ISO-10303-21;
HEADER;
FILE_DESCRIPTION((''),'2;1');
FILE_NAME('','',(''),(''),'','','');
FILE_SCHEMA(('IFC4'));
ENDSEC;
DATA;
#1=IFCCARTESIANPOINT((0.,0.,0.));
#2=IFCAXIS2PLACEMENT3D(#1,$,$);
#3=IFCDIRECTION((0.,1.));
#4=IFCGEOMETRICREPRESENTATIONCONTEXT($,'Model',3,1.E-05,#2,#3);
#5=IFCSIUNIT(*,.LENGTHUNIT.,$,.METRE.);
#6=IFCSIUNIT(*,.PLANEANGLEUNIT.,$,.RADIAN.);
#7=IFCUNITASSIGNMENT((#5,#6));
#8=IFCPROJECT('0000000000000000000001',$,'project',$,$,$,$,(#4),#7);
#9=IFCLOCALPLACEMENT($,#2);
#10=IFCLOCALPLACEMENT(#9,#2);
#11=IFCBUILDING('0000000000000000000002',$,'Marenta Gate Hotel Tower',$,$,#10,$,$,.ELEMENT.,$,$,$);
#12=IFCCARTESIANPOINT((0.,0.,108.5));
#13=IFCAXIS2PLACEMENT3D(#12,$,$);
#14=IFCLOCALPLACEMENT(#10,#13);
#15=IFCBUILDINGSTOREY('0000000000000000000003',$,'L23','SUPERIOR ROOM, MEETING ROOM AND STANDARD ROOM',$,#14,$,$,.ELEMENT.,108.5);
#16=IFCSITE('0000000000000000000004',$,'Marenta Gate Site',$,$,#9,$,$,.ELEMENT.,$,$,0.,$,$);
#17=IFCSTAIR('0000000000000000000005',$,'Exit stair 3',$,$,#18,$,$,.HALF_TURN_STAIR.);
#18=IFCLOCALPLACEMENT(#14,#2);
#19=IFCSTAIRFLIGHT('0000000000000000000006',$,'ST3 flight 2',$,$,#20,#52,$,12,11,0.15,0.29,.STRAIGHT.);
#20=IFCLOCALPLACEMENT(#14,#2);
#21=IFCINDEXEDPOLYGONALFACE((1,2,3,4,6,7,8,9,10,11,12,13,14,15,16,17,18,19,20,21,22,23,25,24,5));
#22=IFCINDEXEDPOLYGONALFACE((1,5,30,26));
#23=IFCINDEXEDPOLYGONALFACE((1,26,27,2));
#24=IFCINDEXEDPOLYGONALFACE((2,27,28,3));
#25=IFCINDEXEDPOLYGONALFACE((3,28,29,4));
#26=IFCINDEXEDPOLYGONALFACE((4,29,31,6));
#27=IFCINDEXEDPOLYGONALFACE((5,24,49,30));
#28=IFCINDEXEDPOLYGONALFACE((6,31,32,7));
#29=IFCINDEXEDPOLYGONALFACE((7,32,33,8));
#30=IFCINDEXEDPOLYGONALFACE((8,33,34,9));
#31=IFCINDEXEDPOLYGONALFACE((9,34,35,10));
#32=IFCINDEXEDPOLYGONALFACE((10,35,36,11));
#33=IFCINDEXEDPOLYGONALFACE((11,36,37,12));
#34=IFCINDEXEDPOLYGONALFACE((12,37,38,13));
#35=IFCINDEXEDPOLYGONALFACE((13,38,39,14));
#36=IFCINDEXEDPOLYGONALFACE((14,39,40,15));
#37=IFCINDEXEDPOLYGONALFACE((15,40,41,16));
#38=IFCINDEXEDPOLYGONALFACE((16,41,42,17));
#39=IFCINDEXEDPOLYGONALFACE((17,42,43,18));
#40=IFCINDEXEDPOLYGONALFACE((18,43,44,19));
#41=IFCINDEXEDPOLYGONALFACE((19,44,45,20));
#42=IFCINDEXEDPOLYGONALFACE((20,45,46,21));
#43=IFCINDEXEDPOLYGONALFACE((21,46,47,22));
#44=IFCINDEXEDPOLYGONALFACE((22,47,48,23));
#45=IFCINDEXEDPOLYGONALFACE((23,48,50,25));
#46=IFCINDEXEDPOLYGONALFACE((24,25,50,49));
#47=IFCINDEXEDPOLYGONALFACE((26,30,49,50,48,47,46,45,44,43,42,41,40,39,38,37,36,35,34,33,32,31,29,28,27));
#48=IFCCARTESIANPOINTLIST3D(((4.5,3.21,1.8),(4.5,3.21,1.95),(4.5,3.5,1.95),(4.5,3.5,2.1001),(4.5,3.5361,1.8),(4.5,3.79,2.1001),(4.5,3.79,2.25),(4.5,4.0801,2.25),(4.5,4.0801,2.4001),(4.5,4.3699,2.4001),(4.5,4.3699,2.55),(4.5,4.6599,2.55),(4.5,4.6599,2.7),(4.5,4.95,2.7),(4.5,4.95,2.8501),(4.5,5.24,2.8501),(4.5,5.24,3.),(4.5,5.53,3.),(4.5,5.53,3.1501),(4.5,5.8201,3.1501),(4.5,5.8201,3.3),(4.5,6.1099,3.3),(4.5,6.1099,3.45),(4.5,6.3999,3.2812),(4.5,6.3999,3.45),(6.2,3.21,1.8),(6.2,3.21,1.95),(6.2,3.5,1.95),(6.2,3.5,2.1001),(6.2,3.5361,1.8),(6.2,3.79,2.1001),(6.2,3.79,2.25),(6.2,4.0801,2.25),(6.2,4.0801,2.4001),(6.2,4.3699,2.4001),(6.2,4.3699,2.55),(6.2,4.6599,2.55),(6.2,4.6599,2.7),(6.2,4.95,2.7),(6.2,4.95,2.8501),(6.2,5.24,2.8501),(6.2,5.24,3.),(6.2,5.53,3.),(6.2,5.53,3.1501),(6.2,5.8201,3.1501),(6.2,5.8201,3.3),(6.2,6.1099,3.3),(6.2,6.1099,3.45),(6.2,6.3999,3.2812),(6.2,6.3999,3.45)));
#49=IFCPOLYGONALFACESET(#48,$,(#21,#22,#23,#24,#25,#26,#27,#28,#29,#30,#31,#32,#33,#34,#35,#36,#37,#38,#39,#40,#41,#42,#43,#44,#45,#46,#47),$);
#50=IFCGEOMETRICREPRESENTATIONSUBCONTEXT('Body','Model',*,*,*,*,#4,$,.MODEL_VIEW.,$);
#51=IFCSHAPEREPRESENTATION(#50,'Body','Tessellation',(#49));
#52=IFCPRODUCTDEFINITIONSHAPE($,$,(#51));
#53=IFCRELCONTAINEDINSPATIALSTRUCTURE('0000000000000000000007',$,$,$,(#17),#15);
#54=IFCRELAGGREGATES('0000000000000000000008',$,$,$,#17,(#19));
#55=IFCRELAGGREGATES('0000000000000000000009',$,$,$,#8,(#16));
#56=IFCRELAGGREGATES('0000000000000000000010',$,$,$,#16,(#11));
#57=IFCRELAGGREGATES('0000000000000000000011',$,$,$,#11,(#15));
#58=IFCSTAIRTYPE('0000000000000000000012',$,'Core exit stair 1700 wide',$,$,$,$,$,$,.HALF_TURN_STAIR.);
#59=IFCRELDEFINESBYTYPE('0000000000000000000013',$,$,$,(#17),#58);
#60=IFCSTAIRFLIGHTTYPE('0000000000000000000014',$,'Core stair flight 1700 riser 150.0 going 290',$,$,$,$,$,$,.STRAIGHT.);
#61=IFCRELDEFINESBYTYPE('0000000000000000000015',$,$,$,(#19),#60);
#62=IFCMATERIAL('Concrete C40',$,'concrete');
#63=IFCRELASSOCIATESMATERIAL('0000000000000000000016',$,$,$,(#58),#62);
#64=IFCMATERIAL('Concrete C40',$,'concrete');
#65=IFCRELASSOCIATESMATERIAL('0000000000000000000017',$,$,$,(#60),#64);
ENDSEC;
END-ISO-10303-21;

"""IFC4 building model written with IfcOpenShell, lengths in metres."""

from ifc_helpers import new_model, si_unit, direction, frame, origin, place, context, subcontext, project, spatial, polyline, outline, extrude, material, type_object, element, aggregate, save


model = new_model("IFC4")

# Units and contexts
model_context = context("Model", 3, precision=1e-05, world=origin(), true_north=direction((0.0, 1.0)))
body_context = subcontext(model_context, "Body", "Model", "MODEL_VIEW")
ifc_project = project(units=[si_unit("LENGTHUNIT", "METRE"), si_unit("PLANEANGLEUNIT", "RADIAN")], contexts=[model_context])

# Site, building, storey
site_placement = place(None, origin())
site = spatial("IfcSite", under=ifc_project, at=site_placement, Name="Marenta Gate Site", CompositionType="ELEMENT", RefElevation=0.0)
building_placement = place(site_placement, origin())
building = spatial("IfcBuilding", under=site, at=building_placement, Name="Marenta Gate Hotel Tower", CompositionType="ELEMENT")
storey_placement = place(building_placement, frame((0.0, 0.0, 108.5)))
storey = spatial("IfcBuildingStorey", under=building, at=storey_placement, Name="L23", Description="SUPERIOR ROOM, MEETING ROOM AND STANDARD ROOM", CompositionType="ELEMENT", Elevation=108.5)

# Shared definitions
ifc_material_1 = material(Name="Concrete C40", Category="concrete")
stair_type_1 = type_object("IfcStairType", Name="Core exit stair 1700 wide", PredefinedType="HALF_TURN_STAIR", material=ifc_material_1)

# Stair, stair flight
stair_1_placement = place(storey_placement, origin())
stair_1 = element("IfcStair", 1, at=stair_1_placement, inside=storey, type_object=stair_type_1, Name="Exit stair 3", PredefinedType="HALF_TURN_STAIR")
ifc_material_2 = material(Name="Concrete C40", Category="concrete")
stair_flight_type = type_object("IfcStairFlightType", Name="Core stair flight 1700 riser 150.0 going 290", PredefinedType="STRAIGHT", material=ifc_material_2)
stair_flight_placement = place(storey_placement, frame((5.3501, 3.21, 1.8), z_axis=(0.0, 0.0, 1.0), x_axis=(0.0, 1.0, 0.0)))
stair_flight = element("IfcStairFlight", 2, at=stair_flight_placement, type_object=stair_flight_type, Name="ST3 flight 2", NumberOfRisers=12, NumberOfTreads=11, PredefinedType="STRAIGHT", RiserHeight=0.15, TreadLength=0.29, context=body_context, shape_type="SweptSolid", body=[
    extrude(outline(polyline([(0.0, 0.0), (0.0, 0.1499), (0.29, 0.1499), (0.29, 0.3), (0.5801, 0.3), (0.5801, 0.45), (0.8701, 0.45), (0.8701, 0.6001), (1.1599, 0.6001), (1.1599, 0.75), (1.45, 0.75), (1.45, 0.8999), (1.74, 0.8999), (1.74, 1.05), (2.03, 1.05), (2.03, 1.2), (2.3201, 1.2), (2.3201, 1.3501), (2.6101, 1.3501), (2.6101, 1.5), (2.8999, 1.5), (2.8999, 1.6499), (3.1899, 1.6499), (3.1899, 1.8), (3.1899, 1.4812), (0.3262, 0.0), (0.0, 0.0)])), frame((0.0, 0.8501, 0.0), z_axis=(0.0, -1.0, 0.0), x_axis=(1.0, 0.0, 0.0)), (0.0, 0.0, 1.0), 1.7),
])
aggregate(stair_1, [stair_flight])

save(model, "model.ifc")
